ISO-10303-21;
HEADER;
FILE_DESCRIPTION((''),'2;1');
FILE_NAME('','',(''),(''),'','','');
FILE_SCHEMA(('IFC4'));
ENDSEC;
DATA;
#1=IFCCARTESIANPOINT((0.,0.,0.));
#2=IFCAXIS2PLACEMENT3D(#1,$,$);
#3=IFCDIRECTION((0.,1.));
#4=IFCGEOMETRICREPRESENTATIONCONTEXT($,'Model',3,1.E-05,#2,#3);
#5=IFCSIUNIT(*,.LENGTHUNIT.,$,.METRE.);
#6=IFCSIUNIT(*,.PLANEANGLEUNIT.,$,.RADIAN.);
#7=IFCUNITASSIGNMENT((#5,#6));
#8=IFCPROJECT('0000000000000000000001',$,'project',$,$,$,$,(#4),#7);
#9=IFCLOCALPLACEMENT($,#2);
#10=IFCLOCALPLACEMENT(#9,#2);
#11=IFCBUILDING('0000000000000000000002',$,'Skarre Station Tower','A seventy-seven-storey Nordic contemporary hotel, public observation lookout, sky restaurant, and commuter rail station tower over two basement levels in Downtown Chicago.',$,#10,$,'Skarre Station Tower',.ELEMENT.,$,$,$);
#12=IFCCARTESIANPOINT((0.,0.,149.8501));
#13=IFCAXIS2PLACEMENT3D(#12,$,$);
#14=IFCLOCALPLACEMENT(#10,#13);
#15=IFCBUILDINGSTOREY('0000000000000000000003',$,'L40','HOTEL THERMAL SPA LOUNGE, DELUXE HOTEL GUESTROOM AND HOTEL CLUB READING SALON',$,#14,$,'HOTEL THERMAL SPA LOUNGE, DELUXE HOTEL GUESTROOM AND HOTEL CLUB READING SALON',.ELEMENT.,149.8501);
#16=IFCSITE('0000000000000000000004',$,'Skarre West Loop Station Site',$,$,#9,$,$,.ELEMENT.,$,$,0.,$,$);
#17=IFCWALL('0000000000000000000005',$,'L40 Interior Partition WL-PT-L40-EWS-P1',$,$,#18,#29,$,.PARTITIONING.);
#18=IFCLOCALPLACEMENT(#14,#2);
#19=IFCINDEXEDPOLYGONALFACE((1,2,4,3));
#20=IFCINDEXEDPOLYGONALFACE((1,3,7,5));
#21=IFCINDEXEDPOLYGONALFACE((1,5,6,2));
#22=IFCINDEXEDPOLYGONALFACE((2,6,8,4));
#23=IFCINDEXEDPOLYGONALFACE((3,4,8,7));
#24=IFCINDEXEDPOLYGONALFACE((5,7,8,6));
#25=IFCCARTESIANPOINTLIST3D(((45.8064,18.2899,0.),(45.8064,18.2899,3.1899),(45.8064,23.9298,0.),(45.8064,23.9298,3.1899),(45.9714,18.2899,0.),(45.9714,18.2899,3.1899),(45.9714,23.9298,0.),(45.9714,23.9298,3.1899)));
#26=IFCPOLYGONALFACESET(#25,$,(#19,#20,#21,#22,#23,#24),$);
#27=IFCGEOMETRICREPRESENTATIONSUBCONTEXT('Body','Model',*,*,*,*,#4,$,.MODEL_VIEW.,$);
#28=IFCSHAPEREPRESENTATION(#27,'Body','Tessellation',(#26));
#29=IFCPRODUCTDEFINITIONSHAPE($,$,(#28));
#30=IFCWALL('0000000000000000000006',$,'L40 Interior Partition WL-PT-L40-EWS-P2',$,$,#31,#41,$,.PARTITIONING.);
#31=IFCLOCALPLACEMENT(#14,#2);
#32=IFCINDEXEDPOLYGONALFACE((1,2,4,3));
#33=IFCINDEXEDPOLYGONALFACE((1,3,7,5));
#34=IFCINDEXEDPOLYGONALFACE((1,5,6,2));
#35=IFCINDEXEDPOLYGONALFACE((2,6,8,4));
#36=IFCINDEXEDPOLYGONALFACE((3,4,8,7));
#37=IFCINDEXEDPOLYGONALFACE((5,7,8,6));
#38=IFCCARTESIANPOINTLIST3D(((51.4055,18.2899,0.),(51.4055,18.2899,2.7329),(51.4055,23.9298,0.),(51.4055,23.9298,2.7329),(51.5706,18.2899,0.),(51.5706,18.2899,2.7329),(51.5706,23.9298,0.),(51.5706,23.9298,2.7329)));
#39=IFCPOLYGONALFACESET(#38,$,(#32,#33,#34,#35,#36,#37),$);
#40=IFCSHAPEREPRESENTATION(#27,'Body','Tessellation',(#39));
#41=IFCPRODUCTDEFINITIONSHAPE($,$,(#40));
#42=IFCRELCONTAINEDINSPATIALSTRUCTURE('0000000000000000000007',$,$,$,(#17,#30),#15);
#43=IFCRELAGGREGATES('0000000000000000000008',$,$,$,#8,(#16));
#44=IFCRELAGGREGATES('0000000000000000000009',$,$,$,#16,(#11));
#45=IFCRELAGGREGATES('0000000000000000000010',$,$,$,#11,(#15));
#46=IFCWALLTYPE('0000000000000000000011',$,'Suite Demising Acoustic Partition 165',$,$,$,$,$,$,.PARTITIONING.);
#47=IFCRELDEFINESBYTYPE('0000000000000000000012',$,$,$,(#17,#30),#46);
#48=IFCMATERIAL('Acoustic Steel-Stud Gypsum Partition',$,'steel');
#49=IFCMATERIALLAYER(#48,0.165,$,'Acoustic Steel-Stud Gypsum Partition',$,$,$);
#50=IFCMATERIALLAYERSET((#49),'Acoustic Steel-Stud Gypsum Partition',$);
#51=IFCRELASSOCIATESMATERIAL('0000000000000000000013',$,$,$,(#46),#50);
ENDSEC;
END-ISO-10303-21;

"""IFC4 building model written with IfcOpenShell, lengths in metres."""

from ifc_helpers import new_model, si_unit, direction, frame, frame_2d, origin, place, context, subcontext, project, spatial, rectangle, extrude, material, layer, layer_set, type_object, element, save


model = new_model("IFC4")

# Units and contexts
model_context = context("Model", 3, precision=1e-05, world=origin(), true_north=direction((0.0, 1.0)))
body_context = subcontext(model_context, "Body", "Model", "MODEL_VIEW")
ifc_project = project(units=[si_unit("LENGTHUNIT", "METRE"), si_unit("PLANEANGLEUNIT", "RADIAN")], contexts=[model_context])

# Site, building, storey
site_placement = place(None, origin())
site = spatial("IfcSite", under=ifc_project, at=site_placement, Name="Skarre West Loop Station Site", CompositionType="ELEMENT", RefElevation=0.0)
building_placement = place(site_placement, origin())
building = spatial("IfcBuilding", under=site, at=building_placement, Name="Skarre Station Tower", Description="A seventy-seven-storey Nordic contemporary hotel, public observation lookout, sky restaurant, and commuter rail station tower over two basement levels in Downtown Chicago.", LongName="Skarre Station Tower", CompositionType="ELEMENT")
storey_placement = place(building_placement, frame((0.0, 0.0, 149.8501)))
storey = spatial("IfcBuildingStorey", under=building, at=storey_placement, Name="L40", Description="HOTEL THERMAL SPA LOUNGE, DELUXE HOTEL GUESTROOM AND HOTEL CLUB READING SALON", LongName="HOTEL THERMAL SPA LOUNGE, DELUXE HOTEL GUESTROOM AND HOTEL CLUB READING SALON", CompositionType="ELEMENT", Elevation=149.8501)

# Shared definitions
ifc_material_1 = material(Name="Acoustic Steel-Stud Gypsum Partition", Category="steel")

# Walls
ifc_layer_1 = layer(ifc_material_1, 0.165, Name="Acoustic Steel-Stud Gypsum Partition")
ifc_layer_set_1 = layer_set([ifc_layer_1], Name="Acoustic Steel-Stud Gypsum Partition")
wall_type_1 = type_object("IfcWallType", Name="Suite Demising Acoustic Partition 165", PredefinedType="PARTITIONING", material=ifc_layer_set_1)
wall_1_placement = place(storey_placement, frame((45.8889, 18.29, 0.0), z_axis=(0.0, 0.0, 1.0), x_axis=(0.0, 1.0, 0.0)))
element("IfcWall", 1, at=wall_1_placement, inside=storey, type_object=wall_type_1, Name="L40 Interior Partition WL-PT-L40-EWS-P1", PredefinedType="PARTITIONING", context=body_context, shape_type="SweptSolid", body=[
    extrude(rectangle(XDim=5.6399, YDim=0.165, at=frame_2d((2.8198, 0.0))), origin(), (0.0, 0.0, 1.0), 3.1899),
])
wall_2_placement = place(storey_placement, frame((51.488, 18.29, 0.0), z_axis=(0.0, 0.0, 1.0), x_axis=(0.0, 1.0, 0.0)))
element("IfcWall", 2, at=wall_2_placement, inside=storey, type_object=wall_type_1, Name="L40 Interior Partition WL-PT-L40-EWS-P2", PredefinedType="PARTITIONING", context=body_context, shape_type="SweptSolid", body=[
    extrude(rectangle(XDim=5.6399, YDim=0.165, at=frame_2d((2.8198, 0.0))), origin(), (0.0, 0.0, 1.0), 2.7329),
])

save(model, "model.ifc")
